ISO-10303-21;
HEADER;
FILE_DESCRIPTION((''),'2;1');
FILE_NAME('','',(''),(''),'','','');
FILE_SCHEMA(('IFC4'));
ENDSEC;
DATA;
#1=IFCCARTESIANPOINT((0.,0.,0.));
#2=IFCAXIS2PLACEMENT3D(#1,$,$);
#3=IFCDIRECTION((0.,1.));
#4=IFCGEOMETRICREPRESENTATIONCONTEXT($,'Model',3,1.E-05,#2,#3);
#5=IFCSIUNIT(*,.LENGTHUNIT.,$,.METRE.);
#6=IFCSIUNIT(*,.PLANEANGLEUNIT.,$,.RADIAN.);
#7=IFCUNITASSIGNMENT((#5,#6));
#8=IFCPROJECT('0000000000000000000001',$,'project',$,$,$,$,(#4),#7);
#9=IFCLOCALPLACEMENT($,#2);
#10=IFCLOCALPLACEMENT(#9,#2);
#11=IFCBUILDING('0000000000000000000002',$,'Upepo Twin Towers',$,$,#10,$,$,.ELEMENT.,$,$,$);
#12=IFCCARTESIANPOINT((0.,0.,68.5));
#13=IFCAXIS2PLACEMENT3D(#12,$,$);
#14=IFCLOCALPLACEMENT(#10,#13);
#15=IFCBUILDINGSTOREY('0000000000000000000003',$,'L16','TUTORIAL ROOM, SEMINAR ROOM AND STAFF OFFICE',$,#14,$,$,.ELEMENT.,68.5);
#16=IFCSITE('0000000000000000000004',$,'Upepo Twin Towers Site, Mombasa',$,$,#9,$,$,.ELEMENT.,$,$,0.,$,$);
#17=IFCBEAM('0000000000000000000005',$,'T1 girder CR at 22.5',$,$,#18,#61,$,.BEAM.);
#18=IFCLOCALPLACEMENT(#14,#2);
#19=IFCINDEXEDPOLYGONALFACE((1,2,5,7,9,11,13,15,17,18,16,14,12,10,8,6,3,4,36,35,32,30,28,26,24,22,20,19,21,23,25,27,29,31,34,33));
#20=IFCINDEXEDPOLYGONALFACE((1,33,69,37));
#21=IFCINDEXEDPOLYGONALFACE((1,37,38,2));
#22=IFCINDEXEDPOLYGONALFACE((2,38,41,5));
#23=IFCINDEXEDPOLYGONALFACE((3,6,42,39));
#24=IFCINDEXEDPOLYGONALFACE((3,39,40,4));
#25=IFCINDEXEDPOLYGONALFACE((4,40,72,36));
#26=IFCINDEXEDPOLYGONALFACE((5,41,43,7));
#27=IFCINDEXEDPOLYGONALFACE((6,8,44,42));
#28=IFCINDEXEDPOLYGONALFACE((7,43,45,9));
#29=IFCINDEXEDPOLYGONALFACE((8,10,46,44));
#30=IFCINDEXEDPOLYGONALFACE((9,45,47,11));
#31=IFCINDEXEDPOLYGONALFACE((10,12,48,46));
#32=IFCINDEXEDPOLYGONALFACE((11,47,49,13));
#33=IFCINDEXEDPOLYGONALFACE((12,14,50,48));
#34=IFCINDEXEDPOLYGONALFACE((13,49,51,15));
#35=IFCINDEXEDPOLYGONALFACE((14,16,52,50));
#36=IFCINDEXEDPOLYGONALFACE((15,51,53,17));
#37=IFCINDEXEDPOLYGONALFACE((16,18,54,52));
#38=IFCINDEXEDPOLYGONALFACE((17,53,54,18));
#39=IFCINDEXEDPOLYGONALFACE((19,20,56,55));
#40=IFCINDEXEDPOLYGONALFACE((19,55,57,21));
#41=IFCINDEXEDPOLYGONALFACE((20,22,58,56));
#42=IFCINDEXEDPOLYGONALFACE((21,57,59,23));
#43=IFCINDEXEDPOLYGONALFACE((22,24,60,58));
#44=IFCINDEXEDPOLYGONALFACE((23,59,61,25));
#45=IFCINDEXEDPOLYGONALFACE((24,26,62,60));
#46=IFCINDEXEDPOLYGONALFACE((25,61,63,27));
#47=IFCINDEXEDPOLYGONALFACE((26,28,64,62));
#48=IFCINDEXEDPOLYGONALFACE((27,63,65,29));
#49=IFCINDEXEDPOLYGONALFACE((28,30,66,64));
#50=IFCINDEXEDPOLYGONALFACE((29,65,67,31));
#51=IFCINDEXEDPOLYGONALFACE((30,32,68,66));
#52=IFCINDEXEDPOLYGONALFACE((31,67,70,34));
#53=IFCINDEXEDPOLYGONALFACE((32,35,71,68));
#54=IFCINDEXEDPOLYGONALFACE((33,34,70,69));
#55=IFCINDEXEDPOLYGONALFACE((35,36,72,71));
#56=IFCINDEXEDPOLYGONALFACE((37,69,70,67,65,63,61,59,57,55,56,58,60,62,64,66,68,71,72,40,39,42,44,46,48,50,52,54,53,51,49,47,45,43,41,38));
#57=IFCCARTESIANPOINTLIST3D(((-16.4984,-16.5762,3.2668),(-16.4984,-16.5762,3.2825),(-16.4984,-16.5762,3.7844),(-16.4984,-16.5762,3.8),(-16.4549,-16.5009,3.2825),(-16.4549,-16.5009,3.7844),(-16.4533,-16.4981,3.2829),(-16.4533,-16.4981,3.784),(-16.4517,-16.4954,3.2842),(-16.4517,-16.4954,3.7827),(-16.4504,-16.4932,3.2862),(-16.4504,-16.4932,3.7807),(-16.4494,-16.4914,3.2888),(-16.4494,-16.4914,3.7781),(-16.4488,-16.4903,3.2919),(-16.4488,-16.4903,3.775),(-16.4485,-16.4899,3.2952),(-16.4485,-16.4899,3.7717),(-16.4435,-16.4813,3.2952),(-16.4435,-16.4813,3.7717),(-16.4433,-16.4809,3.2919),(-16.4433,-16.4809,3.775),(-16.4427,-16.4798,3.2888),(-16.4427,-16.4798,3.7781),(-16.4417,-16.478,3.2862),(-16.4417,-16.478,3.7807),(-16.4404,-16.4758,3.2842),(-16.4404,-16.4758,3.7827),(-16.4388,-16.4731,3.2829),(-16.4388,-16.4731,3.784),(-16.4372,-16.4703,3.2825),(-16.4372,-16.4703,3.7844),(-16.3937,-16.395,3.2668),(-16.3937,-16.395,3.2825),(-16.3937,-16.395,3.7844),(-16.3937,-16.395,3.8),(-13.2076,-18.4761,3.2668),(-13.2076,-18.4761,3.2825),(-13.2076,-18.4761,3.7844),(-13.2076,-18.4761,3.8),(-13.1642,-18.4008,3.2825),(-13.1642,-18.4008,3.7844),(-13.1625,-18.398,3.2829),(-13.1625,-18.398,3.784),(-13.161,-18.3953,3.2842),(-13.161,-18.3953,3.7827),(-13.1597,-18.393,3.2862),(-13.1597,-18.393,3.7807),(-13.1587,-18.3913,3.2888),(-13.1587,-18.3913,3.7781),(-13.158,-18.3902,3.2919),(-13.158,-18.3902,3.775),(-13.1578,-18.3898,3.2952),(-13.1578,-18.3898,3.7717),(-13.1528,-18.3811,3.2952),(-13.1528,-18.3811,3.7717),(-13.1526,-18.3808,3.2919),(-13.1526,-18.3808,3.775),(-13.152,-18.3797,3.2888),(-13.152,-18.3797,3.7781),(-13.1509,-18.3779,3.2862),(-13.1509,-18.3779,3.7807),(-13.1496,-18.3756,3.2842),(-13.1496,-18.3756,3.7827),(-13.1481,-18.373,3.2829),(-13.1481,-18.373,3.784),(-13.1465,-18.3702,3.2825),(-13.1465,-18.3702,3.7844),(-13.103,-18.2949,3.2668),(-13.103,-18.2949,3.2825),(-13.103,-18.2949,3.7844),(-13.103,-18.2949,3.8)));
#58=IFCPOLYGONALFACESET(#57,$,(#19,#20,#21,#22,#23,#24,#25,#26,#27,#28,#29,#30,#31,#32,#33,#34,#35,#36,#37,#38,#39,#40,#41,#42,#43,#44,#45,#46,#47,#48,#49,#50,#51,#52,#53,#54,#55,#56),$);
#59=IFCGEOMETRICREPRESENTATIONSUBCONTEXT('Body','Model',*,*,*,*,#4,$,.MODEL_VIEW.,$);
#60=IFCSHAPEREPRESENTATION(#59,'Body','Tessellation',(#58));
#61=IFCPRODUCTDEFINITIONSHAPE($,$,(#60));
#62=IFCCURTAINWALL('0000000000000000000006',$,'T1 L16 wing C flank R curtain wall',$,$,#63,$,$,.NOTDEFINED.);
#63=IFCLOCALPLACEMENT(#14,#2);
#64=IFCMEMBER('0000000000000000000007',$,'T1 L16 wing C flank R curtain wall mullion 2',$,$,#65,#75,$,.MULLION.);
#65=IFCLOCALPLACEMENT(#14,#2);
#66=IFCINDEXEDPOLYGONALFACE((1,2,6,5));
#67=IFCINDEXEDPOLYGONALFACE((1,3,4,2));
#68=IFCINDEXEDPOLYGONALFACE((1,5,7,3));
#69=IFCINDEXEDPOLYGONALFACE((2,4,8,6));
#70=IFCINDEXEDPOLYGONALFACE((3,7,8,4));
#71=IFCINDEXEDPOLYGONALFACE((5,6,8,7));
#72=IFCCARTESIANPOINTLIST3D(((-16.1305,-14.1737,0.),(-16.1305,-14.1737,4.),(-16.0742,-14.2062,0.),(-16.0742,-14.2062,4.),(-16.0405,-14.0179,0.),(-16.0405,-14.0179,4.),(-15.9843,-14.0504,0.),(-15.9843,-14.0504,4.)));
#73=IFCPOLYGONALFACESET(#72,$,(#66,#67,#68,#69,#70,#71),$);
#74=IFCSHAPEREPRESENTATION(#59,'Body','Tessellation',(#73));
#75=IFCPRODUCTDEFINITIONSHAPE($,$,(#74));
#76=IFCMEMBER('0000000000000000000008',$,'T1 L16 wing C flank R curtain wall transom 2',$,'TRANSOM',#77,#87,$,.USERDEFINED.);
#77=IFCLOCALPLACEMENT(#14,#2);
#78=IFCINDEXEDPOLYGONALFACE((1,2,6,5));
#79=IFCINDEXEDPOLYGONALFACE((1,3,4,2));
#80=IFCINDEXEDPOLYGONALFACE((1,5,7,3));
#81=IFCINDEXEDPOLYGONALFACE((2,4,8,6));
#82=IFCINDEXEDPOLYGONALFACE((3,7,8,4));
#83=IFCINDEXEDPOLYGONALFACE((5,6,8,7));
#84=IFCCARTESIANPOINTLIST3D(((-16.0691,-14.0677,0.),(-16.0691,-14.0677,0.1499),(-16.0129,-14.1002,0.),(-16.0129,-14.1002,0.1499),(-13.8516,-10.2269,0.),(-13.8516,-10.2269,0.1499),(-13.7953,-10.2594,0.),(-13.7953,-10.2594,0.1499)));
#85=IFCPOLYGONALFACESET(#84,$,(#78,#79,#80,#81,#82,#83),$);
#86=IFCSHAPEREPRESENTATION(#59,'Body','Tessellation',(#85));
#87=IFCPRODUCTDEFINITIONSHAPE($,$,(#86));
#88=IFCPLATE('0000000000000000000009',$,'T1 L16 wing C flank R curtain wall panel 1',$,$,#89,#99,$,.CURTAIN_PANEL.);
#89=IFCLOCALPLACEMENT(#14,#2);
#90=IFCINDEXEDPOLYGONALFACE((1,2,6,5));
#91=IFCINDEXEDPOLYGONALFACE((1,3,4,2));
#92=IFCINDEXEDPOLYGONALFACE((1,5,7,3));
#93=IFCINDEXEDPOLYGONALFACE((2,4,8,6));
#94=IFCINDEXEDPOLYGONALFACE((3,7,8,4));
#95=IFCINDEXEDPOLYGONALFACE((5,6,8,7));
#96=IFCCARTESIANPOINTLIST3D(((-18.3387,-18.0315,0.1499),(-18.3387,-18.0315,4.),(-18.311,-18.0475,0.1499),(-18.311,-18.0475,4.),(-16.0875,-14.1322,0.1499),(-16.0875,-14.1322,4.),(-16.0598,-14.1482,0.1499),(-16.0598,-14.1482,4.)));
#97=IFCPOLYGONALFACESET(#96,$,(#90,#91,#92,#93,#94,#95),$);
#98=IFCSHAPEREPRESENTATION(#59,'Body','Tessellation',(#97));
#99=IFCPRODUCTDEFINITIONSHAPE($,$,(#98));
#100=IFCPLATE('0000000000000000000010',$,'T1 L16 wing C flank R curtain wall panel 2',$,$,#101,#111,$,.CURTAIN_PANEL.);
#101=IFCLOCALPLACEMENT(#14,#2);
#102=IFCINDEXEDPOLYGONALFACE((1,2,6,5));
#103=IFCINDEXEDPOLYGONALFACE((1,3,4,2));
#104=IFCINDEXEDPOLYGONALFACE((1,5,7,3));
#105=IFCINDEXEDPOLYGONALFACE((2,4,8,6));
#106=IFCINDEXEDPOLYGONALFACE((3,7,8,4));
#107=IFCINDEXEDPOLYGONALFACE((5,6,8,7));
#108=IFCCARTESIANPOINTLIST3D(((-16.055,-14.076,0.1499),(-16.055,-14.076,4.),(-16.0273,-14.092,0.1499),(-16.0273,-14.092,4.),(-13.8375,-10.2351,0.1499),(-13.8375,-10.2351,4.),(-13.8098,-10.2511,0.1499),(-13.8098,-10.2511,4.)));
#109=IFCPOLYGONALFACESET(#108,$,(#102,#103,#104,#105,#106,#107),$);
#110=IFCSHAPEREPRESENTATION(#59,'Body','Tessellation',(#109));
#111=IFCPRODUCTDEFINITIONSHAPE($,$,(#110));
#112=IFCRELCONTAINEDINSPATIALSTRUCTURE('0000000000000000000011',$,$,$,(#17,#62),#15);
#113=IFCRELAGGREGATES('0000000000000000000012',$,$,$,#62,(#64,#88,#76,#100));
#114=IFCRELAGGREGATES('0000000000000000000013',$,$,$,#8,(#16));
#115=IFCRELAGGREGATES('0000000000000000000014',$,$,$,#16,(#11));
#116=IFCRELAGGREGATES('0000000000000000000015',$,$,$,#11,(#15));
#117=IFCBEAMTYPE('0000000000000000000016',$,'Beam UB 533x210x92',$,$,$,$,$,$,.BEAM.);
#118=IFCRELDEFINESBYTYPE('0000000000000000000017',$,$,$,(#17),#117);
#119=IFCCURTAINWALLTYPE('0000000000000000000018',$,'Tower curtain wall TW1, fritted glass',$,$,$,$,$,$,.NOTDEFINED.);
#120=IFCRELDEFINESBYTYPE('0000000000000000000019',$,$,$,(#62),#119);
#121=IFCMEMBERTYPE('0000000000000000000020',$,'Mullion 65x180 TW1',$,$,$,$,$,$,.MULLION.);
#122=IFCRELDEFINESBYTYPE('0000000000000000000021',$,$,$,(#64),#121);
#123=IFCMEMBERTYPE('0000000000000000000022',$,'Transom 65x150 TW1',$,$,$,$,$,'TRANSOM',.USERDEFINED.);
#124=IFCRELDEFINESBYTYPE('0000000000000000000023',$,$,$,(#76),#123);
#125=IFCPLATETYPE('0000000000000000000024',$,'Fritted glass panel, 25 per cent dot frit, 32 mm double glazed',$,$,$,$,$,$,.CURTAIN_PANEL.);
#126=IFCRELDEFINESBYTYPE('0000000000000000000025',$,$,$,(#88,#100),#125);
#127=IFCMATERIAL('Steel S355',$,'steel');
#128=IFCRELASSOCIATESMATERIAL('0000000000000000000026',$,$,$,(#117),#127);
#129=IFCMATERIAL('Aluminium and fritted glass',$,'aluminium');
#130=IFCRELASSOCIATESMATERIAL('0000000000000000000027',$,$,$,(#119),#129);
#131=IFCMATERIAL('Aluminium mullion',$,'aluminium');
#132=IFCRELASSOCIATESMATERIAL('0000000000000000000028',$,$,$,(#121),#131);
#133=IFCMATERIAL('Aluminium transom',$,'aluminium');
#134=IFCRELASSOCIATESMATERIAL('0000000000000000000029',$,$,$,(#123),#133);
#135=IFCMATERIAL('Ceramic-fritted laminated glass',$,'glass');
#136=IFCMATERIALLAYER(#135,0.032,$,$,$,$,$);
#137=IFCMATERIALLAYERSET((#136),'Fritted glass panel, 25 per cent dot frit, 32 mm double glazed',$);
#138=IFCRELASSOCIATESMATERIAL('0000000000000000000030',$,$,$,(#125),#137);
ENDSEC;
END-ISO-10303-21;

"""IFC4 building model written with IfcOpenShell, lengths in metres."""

from ifc_helpers import new_model, si_unit, direction, frame, origin, origin_2d, place, context, subcontext, project, spatial, rectangle, i_section, extrude, material, layer, layer_set, material_profile, profile_set, type_object, element, aggregate, save


model = new_model("IFC4")

# Units and contexts
model_context = context("Model", 3, precision=1e-05, world=origin(), true_north=direction((0.0, 1.0)))
body_context = subcontext(model_context, "Body", "Model", "MODEL_VIEW")
ifc_project = project(units=[si_unit("LENGTHUNIT", "METRE"), si_unit("PLANEANGLEUNIT", "RADIAN")], contexts=[model_context])

# Site, building, storey
site_placement = place(None, origin())
site = spatial("IfcSite", under=ifc_project, at=site_placement, Name="Upepo Twin Towers Site, Mombasa", CompositionType="ELEMENT", RefElevation=0.0)
building_placement = place(site_placement, origin())
building = spatial("IfcBuilding", under=site, at=building_placement, Name="Upepo Twin Towers", CompositionType="ELEMENT")
storey_placement = place(building_placement, frame((0.0, 0.0, 68.5)))
storey = spatial("IfcBuildingStorey", under=building, at=storey_placement, Name="L16", Description="TUTORIAL ROOM, SEMINAR ROOM AND STAFF OFFICE", CompositionType="ELEMENT", Elevation=68.5)

# Beam
ifc_material_1 = material(Name="Steel S355", Category="steel")
ifc_material_profile_1 = material_profile(ifc_material_1, i_section(OverallWidth=0.2092, OverallDepth=0.5332, WebThickness=0.01, FlangeThickness=0.0156, FilletRadius=0.0127, at=origin_2d()), Name="UB 533x210x92")
ifc_profile_set_1 = profile_set([ifc_material_profile_1], Name="Steel S355")
beam_type_1 = type_object("IfcBeamType", Name="Beam UB 533x210x92", PredefinedType="BEAM", material=ifc_profile_set_1)
beam_1_placement = place(storey_placement, frame((-16.446, -16.4856, 3.5334), z_axis=(0.866028, -0.499995, 0.0), x_axis=(0.499995, 0.866028, 0.0)))
element("IfcBeam", 1, at=beam_1_placement, inside=storey, type_object=beam_type_1, Name="T1 girder CR at 22.5", PredefinedType="BEAM", context=body_context, shape_type="SweptSolid", body=[
    extrude(i_section(OverallWidth=0.2092, OverallDepth=0.5332, WebThickness=0.01, FlangeThickness=0.0156, FilletRadius=0.0127, at=origin_2d()), origin(), (0.0, 0.0, 1.0), 3.7998),
])

# Curtain wall, members, plates
ifc_material_2 = material(Name="Aluminium and fritted glass", Category="aluminium")
curtain_wall_type = type_object("IfcCurtainWallType", Name="Tower curtain wall TW1, fritted glass", PredefinedType="NOTDEFINED", material=ifc_material_2)
curtain_wall_placement = place(storey_placement, origin())
curtain_wall = element("IfcCurtainWall", 2, at=curtain_wall_placement, inside=storey, type_object=curtain_wall_type, Name="T1 L16 wing C flank R curtain wall", PredefinedType="NOTDEFINED")
ifc_material_3 = material(Name="Aluminium mullion", Category="aluminium")
ifc_material_profile_2 = material_profile(ifc_material_3, rectangle(XDim=0.0649, YDim=0.1799, at=origin_2d()), Name="MULLION 65x180")
ifc_profile_set_2 = profile_set([ifc_material_profile_2], Name="Aluminium mullion")
member_type_1 = type_object("IfcMemberType", Name="Mullion 65x180 TW1", PredefinedType="MULLION", material=ifc_profile_set_2)
member_1_placement = place(storey_placement, frame((-16.0574, -14.1121, 0.0), z_axis=(0.0, 0.0, 1.0), x_axis=(-0.866025, 0.5, 0.0)))
member_1 = element("IfcMember", 3, at=member_1_placement, type_object=member_type_1, Name="T1 L16 wing C flank R curtain wall mullion 2", PredefinedType="MULLION", context=body_context, shape_type="SweptSolid", body=[
    extrude(rectangle(XDim=0.0649, YDim=0.1799, at=origin_2d()), origin(), (0.0, 0.0, 1.0), 4.0),
])
ifc_material_4 = material(Name="Aluminium transom", Category="aluminium")
ifc_material_profile_3 = material_profile(ifc_material_4, rectangle(XDim=0.0649, YDim=0.1499, at=origin_2d()), Name="TRANSOM 65x150")
ifc_profile_set_3 = profile_set([ifc_material_profile_3], Name="Aluminium transom")
member_type_2 = type_object("IfcMemberType", Name="Transom 65x150 TW1", ElementType="TRANSOM", PredefinedType="USERDEFINED", material=ifc_profile_set_3)
member_2_placement = place(storey_placement, frame((-16.041, -14.084, 0.075), z_axis=(0.500005, 0.866022, 0.0), x_axis=(-0.866022, 0.500005, 0.0)))
member_2 = element("IfcMember", 4, at=member_2_placement, type_object=member_type_2, Name="T1 L16 wing C flank R curtain wall transom 2", ObjectType="TRANSOM", PredefinedType="USERDEFINED", context=body_context, shape_type="SweptSolid", body=[
    extrude(rectangle(XDim=0.0649, YDim=0.1499, at=origin_2d()), origin(), (0.0, 0.0, 1.0), 4.4351),
])
ifc_material_5 = material(Name="Ceramic-fritted laminated glass", Category="glass")
ifc_layer_1 = layer(ifc_material_5, 0.032)
ifc_layer_set_1 = layer_set([ifc_layer_1], Name="Fritted glass panel, 25 per cent dot frit, 32 mm double glazed")
plate_type = type_object("IfcPlateType", Name="Fritted glass panel, 25 per cent dot frit, 32 mm double glazed", PredefinedType="CURTAIN_PANEL", material=ifc_layer_set_1)
plate_1_placement = place(storey_placement, frame((-17.1992, -16.0898, 0.1499), z_axis=(0.0, 0.0, 1.0), x_axis=(0.5, 0.866025, 0.0)))
plate_1 = element("IfcPlate", 5, at=plate_1_placement, type_object=plate_type, Name="T1 L16 wing C flank R curtain wall panel 1", PredefinedType="CURTAIN_PANEL", context=body_context, shape_type="SweptSolid", body=[
    extrude(rectangle(XDim=4.5024, YDim=0.032, at=origin_2d()), origin(), (0.0, 0.0, 1.0), 3.8501),
])
plate_2_placement = place(storey_placement, frame((-14.9324, -12.1636, 0.1499), z_axis=(0.0, 0.0, 1.0), x_axis=(0.5, 0.866025, 0.0)))
plate_2 = element("IfcPlate", 6, at=plate_2_placement, type_object=plate_type, Name="T1 L16 wing C flank R curtain wall panel 2", PredefinedType="CURTAIN_PANEL", context=body_context, shape_type="SweptSolid", body=[
    extrude(rectangle(XDim=4.4351, YDim=0.032, at=origin_2d()), origin(), (0.0, 0.0, 1.0), 3.8501),
])
aggregate(curtain_wall, [member_1, plate_1, member_2, plate_2])

save(model, "model.ifc")
